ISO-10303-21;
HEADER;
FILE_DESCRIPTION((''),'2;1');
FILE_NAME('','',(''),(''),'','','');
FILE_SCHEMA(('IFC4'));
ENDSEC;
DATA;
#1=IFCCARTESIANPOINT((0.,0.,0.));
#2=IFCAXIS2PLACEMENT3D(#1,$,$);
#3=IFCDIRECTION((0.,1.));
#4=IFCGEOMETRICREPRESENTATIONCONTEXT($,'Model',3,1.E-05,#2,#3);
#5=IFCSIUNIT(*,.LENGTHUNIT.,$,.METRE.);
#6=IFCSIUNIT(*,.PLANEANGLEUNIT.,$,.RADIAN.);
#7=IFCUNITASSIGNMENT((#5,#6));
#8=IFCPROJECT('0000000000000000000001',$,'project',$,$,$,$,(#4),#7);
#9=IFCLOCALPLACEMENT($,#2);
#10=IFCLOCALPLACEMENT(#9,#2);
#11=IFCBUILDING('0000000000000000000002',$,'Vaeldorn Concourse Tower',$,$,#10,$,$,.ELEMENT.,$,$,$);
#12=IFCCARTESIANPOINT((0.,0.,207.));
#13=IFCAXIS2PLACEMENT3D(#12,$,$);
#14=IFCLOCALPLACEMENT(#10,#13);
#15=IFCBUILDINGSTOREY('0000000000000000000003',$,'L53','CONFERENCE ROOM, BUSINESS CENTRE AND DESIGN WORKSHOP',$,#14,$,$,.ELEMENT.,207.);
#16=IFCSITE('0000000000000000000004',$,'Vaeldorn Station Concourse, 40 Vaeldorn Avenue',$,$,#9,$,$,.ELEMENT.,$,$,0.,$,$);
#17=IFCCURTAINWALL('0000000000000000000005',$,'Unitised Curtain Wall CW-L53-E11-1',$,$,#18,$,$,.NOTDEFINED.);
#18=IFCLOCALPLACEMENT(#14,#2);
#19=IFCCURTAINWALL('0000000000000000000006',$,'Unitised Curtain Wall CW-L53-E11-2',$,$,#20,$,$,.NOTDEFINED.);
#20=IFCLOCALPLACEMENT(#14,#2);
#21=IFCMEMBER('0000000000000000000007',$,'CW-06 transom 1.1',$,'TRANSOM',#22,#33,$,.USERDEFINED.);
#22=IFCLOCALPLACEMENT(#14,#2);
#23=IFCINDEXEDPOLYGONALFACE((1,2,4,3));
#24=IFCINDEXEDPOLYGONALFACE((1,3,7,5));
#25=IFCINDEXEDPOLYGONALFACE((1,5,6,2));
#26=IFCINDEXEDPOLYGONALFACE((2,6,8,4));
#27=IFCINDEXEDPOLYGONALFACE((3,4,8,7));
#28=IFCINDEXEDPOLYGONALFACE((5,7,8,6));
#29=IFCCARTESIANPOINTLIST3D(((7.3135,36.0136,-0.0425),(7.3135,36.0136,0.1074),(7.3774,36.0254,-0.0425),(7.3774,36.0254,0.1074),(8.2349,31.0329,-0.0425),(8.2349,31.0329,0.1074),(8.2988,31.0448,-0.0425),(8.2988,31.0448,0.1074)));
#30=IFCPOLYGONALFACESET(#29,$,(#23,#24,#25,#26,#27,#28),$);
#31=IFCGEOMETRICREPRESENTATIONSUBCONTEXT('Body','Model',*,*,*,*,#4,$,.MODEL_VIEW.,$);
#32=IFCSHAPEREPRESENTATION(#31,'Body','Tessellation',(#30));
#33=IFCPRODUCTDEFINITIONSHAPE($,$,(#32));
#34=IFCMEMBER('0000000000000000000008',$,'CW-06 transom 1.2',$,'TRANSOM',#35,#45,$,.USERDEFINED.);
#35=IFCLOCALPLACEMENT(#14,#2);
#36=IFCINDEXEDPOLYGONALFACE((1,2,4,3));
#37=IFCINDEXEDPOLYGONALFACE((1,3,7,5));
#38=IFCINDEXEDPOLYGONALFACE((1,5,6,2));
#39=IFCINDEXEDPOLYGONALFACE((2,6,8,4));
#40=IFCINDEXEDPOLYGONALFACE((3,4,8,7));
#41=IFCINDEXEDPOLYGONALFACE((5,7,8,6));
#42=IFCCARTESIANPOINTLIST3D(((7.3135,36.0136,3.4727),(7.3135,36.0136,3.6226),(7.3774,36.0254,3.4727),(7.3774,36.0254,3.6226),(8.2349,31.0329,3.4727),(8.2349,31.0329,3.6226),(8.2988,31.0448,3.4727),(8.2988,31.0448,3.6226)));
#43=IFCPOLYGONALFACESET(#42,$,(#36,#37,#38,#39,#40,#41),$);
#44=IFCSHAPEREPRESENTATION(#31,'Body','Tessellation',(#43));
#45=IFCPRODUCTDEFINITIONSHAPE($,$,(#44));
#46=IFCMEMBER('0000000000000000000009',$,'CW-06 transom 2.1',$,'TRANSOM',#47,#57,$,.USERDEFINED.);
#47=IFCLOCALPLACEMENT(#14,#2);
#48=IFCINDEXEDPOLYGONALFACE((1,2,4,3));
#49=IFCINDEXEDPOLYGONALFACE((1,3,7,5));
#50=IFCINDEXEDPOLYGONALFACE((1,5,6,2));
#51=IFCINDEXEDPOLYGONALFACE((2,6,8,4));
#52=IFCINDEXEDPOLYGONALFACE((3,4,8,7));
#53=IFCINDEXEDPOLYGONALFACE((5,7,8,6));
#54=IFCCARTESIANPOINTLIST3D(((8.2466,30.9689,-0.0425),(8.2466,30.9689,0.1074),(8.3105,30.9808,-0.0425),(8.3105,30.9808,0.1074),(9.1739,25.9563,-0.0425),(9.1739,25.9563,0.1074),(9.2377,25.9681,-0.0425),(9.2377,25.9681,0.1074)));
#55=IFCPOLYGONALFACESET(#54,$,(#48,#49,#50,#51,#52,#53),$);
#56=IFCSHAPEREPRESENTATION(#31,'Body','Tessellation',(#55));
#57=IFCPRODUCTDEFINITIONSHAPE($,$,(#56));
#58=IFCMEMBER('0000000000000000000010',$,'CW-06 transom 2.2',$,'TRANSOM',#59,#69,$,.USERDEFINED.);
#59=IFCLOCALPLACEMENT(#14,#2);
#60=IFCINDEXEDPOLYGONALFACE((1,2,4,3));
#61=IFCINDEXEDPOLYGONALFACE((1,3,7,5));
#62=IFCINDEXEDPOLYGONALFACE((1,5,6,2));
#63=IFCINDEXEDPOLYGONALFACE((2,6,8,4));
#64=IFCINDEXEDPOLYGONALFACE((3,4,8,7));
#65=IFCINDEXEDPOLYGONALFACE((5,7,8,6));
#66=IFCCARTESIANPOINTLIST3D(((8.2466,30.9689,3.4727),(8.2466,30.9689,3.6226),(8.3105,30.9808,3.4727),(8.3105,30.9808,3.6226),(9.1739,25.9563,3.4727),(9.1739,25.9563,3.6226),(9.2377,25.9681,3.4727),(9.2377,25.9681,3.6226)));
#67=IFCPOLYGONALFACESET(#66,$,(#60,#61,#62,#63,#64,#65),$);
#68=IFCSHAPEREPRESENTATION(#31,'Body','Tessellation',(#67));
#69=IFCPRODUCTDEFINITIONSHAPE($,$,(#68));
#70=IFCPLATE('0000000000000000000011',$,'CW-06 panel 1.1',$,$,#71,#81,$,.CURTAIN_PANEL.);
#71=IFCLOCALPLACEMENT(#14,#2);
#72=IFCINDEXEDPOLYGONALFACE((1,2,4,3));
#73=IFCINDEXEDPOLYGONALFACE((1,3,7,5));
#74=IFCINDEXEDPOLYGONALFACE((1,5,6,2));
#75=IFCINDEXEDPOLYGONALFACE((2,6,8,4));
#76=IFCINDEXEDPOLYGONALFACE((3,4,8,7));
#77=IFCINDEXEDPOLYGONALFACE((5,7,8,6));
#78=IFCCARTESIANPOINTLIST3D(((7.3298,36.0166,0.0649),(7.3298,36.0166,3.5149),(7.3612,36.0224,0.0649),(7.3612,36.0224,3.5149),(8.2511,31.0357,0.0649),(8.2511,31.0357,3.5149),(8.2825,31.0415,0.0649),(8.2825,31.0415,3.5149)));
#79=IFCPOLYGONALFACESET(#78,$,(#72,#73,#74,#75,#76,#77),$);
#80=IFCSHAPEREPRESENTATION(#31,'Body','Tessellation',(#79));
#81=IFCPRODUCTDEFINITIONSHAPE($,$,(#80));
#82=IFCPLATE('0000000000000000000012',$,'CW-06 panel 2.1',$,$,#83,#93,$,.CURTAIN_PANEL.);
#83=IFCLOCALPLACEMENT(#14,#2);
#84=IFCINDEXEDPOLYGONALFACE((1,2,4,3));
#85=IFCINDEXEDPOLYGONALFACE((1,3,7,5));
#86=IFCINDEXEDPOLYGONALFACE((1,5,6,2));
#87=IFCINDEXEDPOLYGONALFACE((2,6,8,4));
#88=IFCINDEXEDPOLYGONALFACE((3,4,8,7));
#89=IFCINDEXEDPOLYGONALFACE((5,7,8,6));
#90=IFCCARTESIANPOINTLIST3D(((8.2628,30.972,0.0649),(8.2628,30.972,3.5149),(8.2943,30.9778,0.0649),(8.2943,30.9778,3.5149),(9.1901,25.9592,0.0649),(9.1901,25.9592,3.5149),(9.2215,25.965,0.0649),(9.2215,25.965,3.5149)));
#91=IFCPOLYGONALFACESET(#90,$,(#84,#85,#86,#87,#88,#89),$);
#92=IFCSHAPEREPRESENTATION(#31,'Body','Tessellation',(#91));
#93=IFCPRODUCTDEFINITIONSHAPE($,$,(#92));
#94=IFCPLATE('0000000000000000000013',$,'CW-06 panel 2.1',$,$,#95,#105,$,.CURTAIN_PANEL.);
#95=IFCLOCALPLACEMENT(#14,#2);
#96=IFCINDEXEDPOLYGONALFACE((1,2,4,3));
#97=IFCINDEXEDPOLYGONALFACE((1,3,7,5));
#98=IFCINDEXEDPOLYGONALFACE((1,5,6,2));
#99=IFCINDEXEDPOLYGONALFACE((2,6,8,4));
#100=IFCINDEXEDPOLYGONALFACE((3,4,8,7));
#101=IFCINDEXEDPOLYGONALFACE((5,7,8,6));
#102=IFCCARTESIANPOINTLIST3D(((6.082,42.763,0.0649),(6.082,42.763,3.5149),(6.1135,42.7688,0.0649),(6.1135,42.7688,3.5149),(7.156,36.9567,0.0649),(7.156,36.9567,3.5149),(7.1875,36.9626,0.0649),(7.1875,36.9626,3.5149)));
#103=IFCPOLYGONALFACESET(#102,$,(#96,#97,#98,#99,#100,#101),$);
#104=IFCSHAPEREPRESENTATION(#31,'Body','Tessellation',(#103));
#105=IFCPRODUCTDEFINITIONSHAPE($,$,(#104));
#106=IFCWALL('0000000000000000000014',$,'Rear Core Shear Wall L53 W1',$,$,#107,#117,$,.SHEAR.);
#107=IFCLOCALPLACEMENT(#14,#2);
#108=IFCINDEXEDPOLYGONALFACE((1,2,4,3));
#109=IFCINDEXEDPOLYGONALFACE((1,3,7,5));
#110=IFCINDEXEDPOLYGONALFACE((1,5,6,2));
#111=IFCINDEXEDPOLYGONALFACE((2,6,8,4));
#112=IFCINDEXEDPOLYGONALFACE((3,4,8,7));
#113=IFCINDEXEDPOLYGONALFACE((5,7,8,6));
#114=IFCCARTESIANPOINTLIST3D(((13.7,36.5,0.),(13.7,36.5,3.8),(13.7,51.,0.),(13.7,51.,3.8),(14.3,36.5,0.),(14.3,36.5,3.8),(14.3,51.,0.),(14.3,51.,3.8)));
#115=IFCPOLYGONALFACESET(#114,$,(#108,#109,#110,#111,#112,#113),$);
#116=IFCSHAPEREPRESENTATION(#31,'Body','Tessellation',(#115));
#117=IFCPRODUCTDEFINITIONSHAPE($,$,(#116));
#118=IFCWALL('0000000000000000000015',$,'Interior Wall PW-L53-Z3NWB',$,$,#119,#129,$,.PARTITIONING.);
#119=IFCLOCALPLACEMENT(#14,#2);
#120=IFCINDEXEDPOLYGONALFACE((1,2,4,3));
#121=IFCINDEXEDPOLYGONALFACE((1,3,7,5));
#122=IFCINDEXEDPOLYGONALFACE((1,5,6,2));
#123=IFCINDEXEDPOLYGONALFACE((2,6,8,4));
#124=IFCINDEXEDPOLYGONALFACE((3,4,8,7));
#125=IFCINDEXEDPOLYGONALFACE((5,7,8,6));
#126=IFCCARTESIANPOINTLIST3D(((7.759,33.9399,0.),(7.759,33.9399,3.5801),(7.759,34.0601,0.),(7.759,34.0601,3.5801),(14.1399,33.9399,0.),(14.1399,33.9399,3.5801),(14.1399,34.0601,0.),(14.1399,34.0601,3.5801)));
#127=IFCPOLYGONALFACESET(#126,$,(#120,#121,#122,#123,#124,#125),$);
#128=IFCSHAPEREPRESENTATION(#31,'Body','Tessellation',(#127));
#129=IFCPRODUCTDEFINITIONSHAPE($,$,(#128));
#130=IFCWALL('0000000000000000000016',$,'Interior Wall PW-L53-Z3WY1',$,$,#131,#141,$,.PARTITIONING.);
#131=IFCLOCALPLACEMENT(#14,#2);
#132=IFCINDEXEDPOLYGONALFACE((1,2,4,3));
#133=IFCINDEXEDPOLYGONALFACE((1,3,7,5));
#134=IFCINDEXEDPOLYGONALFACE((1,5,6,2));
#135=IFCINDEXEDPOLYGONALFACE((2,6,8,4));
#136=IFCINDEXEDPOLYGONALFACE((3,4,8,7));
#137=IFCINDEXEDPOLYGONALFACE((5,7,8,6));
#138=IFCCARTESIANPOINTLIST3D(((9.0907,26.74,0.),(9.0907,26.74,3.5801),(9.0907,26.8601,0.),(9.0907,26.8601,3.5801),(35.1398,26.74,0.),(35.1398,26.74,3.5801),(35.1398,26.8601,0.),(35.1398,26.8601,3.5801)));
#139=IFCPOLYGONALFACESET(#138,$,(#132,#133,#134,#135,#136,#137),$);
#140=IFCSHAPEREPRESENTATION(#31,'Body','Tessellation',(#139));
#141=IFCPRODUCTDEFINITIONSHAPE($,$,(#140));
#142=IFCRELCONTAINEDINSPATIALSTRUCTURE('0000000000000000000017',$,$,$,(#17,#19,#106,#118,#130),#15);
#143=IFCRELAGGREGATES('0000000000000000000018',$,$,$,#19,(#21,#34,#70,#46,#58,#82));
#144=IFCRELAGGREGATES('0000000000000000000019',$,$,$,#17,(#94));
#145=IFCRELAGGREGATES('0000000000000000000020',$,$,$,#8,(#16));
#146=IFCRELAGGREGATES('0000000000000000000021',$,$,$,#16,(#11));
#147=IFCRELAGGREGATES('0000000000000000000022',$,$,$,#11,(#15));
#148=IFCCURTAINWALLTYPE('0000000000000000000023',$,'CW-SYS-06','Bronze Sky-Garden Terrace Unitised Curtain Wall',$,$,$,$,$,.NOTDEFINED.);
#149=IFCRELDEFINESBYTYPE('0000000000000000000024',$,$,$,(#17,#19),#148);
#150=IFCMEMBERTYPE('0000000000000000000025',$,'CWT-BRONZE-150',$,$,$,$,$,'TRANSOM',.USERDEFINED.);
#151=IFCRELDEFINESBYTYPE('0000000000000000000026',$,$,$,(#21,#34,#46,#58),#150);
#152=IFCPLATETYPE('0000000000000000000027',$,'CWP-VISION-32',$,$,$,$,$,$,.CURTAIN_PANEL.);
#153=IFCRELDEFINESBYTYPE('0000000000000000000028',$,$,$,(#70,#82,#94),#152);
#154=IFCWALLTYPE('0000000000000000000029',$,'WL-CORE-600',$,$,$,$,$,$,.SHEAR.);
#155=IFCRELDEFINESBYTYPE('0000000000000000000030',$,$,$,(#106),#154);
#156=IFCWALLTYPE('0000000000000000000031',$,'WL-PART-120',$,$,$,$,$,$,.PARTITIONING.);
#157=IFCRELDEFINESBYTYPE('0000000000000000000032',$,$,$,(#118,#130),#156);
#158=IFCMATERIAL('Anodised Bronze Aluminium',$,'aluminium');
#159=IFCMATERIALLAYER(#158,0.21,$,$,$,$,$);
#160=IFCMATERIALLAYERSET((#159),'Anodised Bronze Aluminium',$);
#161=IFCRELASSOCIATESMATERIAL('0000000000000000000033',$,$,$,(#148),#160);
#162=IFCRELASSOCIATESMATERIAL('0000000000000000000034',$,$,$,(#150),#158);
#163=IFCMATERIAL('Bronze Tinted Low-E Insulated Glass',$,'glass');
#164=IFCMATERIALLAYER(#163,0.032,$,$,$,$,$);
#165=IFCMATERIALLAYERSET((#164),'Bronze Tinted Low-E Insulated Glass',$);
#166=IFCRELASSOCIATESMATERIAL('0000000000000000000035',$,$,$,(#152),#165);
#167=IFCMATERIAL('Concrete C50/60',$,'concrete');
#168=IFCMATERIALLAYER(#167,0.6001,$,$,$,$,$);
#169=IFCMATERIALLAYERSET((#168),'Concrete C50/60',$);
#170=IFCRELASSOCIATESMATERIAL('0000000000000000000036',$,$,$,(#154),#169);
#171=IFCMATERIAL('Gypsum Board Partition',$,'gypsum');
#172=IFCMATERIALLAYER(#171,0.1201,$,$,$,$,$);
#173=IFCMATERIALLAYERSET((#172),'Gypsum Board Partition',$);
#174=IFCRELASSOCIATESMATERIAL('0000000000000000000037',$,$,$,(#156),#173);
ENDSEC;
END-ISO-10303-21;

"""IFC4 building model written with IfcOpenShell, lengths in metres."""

from ifc_helpers import new_model, si_unit, direction, frame, frame_2d, origin, origin_2d, place, context, subcontext, project, spatial, rectangle, extrude, source, transform, mapped, material, layer, layer_set, material_profile, profile_set, type_object, element, aggregate, save


model = new_model("IFC4")

# Units and contexts
model_context = context("Model", 3, precision=1e-05, world=origin(), true_north=direction((0.0, 1.0)))
body_context = subcontext(model_context, "Body", "Model", "MODEL_VIEW")
ifc_project = project(units=[si_unit("LENGTHUNIT", "METRE"), si_unit("PLANEANGLEUNIT", "RADIAN")], contexts=[model_context])

# Site, building, storey
site_placement = place(None, origin())
site = spatial("IfcSite", under=ifc_project, at=site_placement, Name="Vaeldorn Station Concourse, 40 Vaeldorn Avenue", CompositionType="ELEMENT", RefElevation=0.0)
building_placement = place(site_placement, origin())
building = spatial("IfcBuilding", under=site, at=building_placement, Name="Vaeldorn Concourse Tower", CompositionType="ELEMENT")
storey_placement = place(building_placement, frame((0.0, 0.0, 207.0)))
storey = spatial("IfcBuildingStorey", under=building, at=storey_placement, Name="L53", Description="CONFERENCE ROOM, BUSINESS CENTRE AND DESIGN WORKSHOP", CompositionType="ELEMENT", Elevation=207.0)

# Shared definitions
ifc_material_1 = material(Name="Concrete C50/60", Category="concrete")

# Curtain wall
ifc_material_2 = material(Name="Anodised Bronze Aluminium", Category="aluminium")
ifc_layer_1 = layer(ifc_material_2, 0.21)
ifc_layer_set_1 = layer_set([ifc_layer_1], Name="Anodised Bronze Aluminium")
curtain_wall_type = type_object("IfcCurtainWallType", Name="CW-SYS-06", Description="Bronze Sky-Garden Terrace Unitised Curtain Wall", PredefinedType="NOTDEFINED", material=ifc_layer_set_1)
curtain_wall_1_placement = place(storey_placement, origin())
curtain_wall_1 = element("IfcCurtainWall", 1, at=curtain_wall_1_placement, inside=storey, type_object=curtain_wall_type, Name="Unitised Curtain Wall CW-L53-E11-1", PredefinedType="NOTDEFINED")

# Curtain wall, members, plates
curtain_wall_2_placement = place(storey_placement, origin())
curtain_wall_2 = element("IfcCurtainWall", 2, at=curtain_wall_2_placement, inside=storey, type_object=curtain_wall_type, Name="Unitised Curtain Wall CW-L53-E11-2", PredefinedType="NOTDEFINED")
ifc_material_profile_1 = material_profile(ifc_material_2, rectangle(XDim=0.0649, YDim=0.1499, at=origin_2d()), Name="CWT 65x150")
ifc_profile_set_1 = profile_set([ifc_material_profile_1], Name="Anodised Bronze Aluminium")
member_type_1 = type_object("IfcMemberType", Name="CWT-BRONZE-150", ElementType="TRANSOM", PredefinedType="USERDEFINED", material=ifc_profile_set_1)
shared_shape_1 = source(origin(), body_context, "Body", "SweptSolid", [
    extrude(rectangle(XDim=0.0649, YDim=0.1499, at=origin_2d()), origin(), (0.0, 0.0, 1.0), 5.0652),
])
member_1_placement = place(storey_placement, frame((7.3455, 36.0195, 0.0325), z_axis=(0.181905, -0.983316, 0.0), x_axis=(0.983316, 0.181905, 0.0)))
member_1 = element("IfcMember", 3, at=member_1_placement, type_object=member_type_1, Name="CW-06 transom 1.1", ObjectType="TRANSOM", PredefinedType="USERDEFINED", context=body_context, shape_type="MappedRepresentation", body=[
    mapped(shared_shape_1, transform((0.0, 0.0, 0.0), scale=1.0)),
])
member_2_placement = place(storey_placement, frame((7.3455, 36.0195, 3.5476), z_axis=(0.181905, -0.983316, 0.0), x_axis=(0.983316, 0.181905, 0.0)))
member_2 = element("IfcMember", 4, at=member_2_placement, type_object=member_type_1, Name="CW-06 transom 1.2", ObjectType="TRANSOM", PredefinedType="USERDEFINED", context=body_context, shape_type="MappedRepresentation", body=[
    mapped(shared_shape_1, transform((0.0, 0.0, 0.0), scale=1.0)),
])
shared_shape_2 = source(origin(), body_context, "Body", "SweptSolid", [
    extrude(rectangle(XDim=0.0649, YDim=0.1499, at=origin_2d()), origin(), (0.0, 0.0, 1.0), 5.0977),
])
member_3_placement = place(storey_placement, frame((8.2786, 30.9749, 0.0325), z_axis=(0.181894, -0.983318, 0.0), x_axis=(0.983318, 0.181894, 0.0)))
member_3 = element("IfcMember", 5, at=member_3_placement, type_object=member_type_1, Name="CW-06 transom 2.1", ObjectType="TRANSOM", PredefinedType="USERDEFINED", context=body_context, shape_type="MappedRepresentation", body=[
    mapped(shared_shape_2, transform((0.0, 0.0, 0.0), scale=1.0)),
])
member_4_placement = place(storey_placement, frame((8.2786, 30.9749, 3.5476), z_axis=(0.181894, -0.983318, 0.0), x_axis=(0.983318, 0.181894, 0.0)))
member_4 = element("IfcMember", 6, at=member_4_placement, type_object=member_type_1, Name="CW-06 transom 2.2", ObjectType="TRANSOM", PredefinedType="USERDEFINED", context=body_context, shape_type="MappedRepresentation", body=[
    mapped(shared_shape_2, transform((0.0, 0.0, 0.0), scale=1.0)),
])
ifc_material_3 = material(Name="Bronze Tinted Low-E Insulated Glass", Category="glass")
ifc_layer_2 = layer(ifc_material_3, 0.032)
ifc_layer_set_2 = layer_set([ifc_layer_2], Name="Bronze Tinted Low-E Insulated Glass")
plate_type = type_object("IfcPlateType", Name="CWP-VISION-32", PredefinedType="CURTAIN_PANEL", material=ifc_layer_set_2)
shared_shape_3 = source(origin(), body_context, "Body", "SweptSolid", [
    extrude(rectangle(XDim=5.0654, YDim=0.032, at=origin_2d()), origin(), (0.0, 0.0, 1.0), 3.45),
])
plate_1_placement = place(storey_placement, frame((7.8062, 33.5291, 0.0649), z_axis=(0.0, 0.0, 1.0), x_axis=(0.181889, -0.983319, 0.0)))
plate_1 = element("IfcPlate", 7, at=plate_1_placement, type_object=plate_type, Name="CW-06 panel 1.1", PredefinedType="CURTAIN_PANEL", context=body_context, shape_type="MappedRepresentation", body=[
    mapped(shared_shape_3, transform((0.0, 0.0, 0.0), scale=1.0)),
])
shared_shape_4 = source(origin(), body_context, "Body", "SweptSolid", [
    extrude(rectangle(XDim=5.0979, YDim=0.032, at=origin_2d()), origin(), (0.0, 0.0, 1.0), 3.45),
])
plate_2_placement = place(storey_placement, frame((8.7422, 28.4685, 0.0649), z_axis=(0.0, 0.0, 1.0), x_axis=(0.181889, -0.983319, 0.0)))
plate_2 = element("IfcPlate", 8, at=plate_2_placement, type_object=plate_type, Name="CW-06 panel 2.1", PredefinedType="CURTAIN_PANEL", context=body_context, shape_type="MappedRepresentation", body=[
    mapped(shared_shape_4, transform((0.0, 0.0, 0.0), scale=1.0)),
])
aggregate(curtain_wall_2, [member_1, member_2, plate_1, member_3, member_4, plate_2])

# Plate
shared_shape_5 = source(origin(), body_context, "Body", "SweptSolid", [
    extrude(rectangle(XDim=5.9048, YDim=0.032, at=origin_2d()), origin(), (0.0, 0.0, 1.0), 3.45),
])
plate_3_placement = place(storey_placement, frame((6.6348, 39.8628, 0.0649), z_axis=(0.0, 0.0, 1.0), x_axis=(0.181888, -0.983319, 0.0)))
plate_3 = element("IfcPlate", 9, at=plate_3_placement, type_object=plate_type, Name="CW-06 panel 2.1", PredefinedType="CURTAIN_PANEL", context=body_context, shape_type="MappedRepresentation", body=[
    mapped(shared_shape_5, transform((0.0, 0.0, 0.0), scale=1.0)),
])
aggregate(curtain_wall_1, [plate_3])

# Walls
ifc_layer_3 = layer(ifc_material_1, 0.6001)
ifc_layer_set_3 = layer_set([ifc_layer_3], Name="Concrete C50/60")
wall_type_1 = type_object("IfcWallType", Name="WL-CORE-600", PredefinedType="SHEAR", material=ifc_layer_set_3)
wall_1_placement = place(storey_placement, frame((14.0, 36.5, 0.0), z_axis=(0.0, 0.0, 1.0), x_axis=(0.0, 1.0, 0.0)))
element("IfcWall", 10, at=wall_1_placement, inside=storey, type_object=wall_type_1, Name="Rear Core Shear Wall L53 W1", PredefinedType="SHEAR", context=body_context, shape_type="SweptSolid", body=[
    extrude(rectangle(XDim=14.5, YDim=0.6001, at=frame_2d((7.25, 0.0))), origin(), (0.0, 0.0, 1.0), 3.8),
])
ifc_material_4 = material(Name="Gypsum Board Partition", Category="gypsum")
ifc_layer_4 = layer(ifc_material_4, 0.1201)
ifc_layer_set_4 = layer_set([ifc_layer_4], Name="Gypsum Board Partition")
wall_type_2 = type_object("IfcWallType", Name="WL-PART-120", PredefinedType="PARTITIONING", material=ifc_layer_set_4)
wall_2_placement = place(storey_placement, frame((7.759, 34.0, 0.0), z_axis=(0.0, 0.0, 1.0), x_axis=(1.0, 0.0, 0.0)))
element("IfcWall", 11, at=wall_2_placement, inside=storey, type_object=wall_type_2, Name="Interior Wall PW-L53-Z3NWB", PredefinedType="PARTITIONING", context=body_context, shape_type="SweptSolid", body=[
    extrude(rectangle(XDim=6.3809, YDim=0.1201, at=frame_2d((3.1904, 0.0))), origin(), (0.0, 0.0, 1.0), 3.5801),
])
wall_3_placement = place(storey_placement, frame((9.0908, 26.8, 0.0), z_axis=(0.0, 0.0, 1.0), x_axis=(1.0, 0.0, 0.0)))
element("IfcWall", 12, at=wall_3_placement, inside=storey, type_object=wall_type_2, Name="Interior Wall PW-L53-Z3WY1", PredefinedType="PARTITIONING", context=body_context, shape_type="SweptSolid", body=[
    extrude(rectangle(XDim=26.0491, YDim=0.1201, at=frame_2d((13.0244, 0.0))), origin(), (0.0, 0.0, 1.0), 3.5801),
])

save(model, "model.ifc")
